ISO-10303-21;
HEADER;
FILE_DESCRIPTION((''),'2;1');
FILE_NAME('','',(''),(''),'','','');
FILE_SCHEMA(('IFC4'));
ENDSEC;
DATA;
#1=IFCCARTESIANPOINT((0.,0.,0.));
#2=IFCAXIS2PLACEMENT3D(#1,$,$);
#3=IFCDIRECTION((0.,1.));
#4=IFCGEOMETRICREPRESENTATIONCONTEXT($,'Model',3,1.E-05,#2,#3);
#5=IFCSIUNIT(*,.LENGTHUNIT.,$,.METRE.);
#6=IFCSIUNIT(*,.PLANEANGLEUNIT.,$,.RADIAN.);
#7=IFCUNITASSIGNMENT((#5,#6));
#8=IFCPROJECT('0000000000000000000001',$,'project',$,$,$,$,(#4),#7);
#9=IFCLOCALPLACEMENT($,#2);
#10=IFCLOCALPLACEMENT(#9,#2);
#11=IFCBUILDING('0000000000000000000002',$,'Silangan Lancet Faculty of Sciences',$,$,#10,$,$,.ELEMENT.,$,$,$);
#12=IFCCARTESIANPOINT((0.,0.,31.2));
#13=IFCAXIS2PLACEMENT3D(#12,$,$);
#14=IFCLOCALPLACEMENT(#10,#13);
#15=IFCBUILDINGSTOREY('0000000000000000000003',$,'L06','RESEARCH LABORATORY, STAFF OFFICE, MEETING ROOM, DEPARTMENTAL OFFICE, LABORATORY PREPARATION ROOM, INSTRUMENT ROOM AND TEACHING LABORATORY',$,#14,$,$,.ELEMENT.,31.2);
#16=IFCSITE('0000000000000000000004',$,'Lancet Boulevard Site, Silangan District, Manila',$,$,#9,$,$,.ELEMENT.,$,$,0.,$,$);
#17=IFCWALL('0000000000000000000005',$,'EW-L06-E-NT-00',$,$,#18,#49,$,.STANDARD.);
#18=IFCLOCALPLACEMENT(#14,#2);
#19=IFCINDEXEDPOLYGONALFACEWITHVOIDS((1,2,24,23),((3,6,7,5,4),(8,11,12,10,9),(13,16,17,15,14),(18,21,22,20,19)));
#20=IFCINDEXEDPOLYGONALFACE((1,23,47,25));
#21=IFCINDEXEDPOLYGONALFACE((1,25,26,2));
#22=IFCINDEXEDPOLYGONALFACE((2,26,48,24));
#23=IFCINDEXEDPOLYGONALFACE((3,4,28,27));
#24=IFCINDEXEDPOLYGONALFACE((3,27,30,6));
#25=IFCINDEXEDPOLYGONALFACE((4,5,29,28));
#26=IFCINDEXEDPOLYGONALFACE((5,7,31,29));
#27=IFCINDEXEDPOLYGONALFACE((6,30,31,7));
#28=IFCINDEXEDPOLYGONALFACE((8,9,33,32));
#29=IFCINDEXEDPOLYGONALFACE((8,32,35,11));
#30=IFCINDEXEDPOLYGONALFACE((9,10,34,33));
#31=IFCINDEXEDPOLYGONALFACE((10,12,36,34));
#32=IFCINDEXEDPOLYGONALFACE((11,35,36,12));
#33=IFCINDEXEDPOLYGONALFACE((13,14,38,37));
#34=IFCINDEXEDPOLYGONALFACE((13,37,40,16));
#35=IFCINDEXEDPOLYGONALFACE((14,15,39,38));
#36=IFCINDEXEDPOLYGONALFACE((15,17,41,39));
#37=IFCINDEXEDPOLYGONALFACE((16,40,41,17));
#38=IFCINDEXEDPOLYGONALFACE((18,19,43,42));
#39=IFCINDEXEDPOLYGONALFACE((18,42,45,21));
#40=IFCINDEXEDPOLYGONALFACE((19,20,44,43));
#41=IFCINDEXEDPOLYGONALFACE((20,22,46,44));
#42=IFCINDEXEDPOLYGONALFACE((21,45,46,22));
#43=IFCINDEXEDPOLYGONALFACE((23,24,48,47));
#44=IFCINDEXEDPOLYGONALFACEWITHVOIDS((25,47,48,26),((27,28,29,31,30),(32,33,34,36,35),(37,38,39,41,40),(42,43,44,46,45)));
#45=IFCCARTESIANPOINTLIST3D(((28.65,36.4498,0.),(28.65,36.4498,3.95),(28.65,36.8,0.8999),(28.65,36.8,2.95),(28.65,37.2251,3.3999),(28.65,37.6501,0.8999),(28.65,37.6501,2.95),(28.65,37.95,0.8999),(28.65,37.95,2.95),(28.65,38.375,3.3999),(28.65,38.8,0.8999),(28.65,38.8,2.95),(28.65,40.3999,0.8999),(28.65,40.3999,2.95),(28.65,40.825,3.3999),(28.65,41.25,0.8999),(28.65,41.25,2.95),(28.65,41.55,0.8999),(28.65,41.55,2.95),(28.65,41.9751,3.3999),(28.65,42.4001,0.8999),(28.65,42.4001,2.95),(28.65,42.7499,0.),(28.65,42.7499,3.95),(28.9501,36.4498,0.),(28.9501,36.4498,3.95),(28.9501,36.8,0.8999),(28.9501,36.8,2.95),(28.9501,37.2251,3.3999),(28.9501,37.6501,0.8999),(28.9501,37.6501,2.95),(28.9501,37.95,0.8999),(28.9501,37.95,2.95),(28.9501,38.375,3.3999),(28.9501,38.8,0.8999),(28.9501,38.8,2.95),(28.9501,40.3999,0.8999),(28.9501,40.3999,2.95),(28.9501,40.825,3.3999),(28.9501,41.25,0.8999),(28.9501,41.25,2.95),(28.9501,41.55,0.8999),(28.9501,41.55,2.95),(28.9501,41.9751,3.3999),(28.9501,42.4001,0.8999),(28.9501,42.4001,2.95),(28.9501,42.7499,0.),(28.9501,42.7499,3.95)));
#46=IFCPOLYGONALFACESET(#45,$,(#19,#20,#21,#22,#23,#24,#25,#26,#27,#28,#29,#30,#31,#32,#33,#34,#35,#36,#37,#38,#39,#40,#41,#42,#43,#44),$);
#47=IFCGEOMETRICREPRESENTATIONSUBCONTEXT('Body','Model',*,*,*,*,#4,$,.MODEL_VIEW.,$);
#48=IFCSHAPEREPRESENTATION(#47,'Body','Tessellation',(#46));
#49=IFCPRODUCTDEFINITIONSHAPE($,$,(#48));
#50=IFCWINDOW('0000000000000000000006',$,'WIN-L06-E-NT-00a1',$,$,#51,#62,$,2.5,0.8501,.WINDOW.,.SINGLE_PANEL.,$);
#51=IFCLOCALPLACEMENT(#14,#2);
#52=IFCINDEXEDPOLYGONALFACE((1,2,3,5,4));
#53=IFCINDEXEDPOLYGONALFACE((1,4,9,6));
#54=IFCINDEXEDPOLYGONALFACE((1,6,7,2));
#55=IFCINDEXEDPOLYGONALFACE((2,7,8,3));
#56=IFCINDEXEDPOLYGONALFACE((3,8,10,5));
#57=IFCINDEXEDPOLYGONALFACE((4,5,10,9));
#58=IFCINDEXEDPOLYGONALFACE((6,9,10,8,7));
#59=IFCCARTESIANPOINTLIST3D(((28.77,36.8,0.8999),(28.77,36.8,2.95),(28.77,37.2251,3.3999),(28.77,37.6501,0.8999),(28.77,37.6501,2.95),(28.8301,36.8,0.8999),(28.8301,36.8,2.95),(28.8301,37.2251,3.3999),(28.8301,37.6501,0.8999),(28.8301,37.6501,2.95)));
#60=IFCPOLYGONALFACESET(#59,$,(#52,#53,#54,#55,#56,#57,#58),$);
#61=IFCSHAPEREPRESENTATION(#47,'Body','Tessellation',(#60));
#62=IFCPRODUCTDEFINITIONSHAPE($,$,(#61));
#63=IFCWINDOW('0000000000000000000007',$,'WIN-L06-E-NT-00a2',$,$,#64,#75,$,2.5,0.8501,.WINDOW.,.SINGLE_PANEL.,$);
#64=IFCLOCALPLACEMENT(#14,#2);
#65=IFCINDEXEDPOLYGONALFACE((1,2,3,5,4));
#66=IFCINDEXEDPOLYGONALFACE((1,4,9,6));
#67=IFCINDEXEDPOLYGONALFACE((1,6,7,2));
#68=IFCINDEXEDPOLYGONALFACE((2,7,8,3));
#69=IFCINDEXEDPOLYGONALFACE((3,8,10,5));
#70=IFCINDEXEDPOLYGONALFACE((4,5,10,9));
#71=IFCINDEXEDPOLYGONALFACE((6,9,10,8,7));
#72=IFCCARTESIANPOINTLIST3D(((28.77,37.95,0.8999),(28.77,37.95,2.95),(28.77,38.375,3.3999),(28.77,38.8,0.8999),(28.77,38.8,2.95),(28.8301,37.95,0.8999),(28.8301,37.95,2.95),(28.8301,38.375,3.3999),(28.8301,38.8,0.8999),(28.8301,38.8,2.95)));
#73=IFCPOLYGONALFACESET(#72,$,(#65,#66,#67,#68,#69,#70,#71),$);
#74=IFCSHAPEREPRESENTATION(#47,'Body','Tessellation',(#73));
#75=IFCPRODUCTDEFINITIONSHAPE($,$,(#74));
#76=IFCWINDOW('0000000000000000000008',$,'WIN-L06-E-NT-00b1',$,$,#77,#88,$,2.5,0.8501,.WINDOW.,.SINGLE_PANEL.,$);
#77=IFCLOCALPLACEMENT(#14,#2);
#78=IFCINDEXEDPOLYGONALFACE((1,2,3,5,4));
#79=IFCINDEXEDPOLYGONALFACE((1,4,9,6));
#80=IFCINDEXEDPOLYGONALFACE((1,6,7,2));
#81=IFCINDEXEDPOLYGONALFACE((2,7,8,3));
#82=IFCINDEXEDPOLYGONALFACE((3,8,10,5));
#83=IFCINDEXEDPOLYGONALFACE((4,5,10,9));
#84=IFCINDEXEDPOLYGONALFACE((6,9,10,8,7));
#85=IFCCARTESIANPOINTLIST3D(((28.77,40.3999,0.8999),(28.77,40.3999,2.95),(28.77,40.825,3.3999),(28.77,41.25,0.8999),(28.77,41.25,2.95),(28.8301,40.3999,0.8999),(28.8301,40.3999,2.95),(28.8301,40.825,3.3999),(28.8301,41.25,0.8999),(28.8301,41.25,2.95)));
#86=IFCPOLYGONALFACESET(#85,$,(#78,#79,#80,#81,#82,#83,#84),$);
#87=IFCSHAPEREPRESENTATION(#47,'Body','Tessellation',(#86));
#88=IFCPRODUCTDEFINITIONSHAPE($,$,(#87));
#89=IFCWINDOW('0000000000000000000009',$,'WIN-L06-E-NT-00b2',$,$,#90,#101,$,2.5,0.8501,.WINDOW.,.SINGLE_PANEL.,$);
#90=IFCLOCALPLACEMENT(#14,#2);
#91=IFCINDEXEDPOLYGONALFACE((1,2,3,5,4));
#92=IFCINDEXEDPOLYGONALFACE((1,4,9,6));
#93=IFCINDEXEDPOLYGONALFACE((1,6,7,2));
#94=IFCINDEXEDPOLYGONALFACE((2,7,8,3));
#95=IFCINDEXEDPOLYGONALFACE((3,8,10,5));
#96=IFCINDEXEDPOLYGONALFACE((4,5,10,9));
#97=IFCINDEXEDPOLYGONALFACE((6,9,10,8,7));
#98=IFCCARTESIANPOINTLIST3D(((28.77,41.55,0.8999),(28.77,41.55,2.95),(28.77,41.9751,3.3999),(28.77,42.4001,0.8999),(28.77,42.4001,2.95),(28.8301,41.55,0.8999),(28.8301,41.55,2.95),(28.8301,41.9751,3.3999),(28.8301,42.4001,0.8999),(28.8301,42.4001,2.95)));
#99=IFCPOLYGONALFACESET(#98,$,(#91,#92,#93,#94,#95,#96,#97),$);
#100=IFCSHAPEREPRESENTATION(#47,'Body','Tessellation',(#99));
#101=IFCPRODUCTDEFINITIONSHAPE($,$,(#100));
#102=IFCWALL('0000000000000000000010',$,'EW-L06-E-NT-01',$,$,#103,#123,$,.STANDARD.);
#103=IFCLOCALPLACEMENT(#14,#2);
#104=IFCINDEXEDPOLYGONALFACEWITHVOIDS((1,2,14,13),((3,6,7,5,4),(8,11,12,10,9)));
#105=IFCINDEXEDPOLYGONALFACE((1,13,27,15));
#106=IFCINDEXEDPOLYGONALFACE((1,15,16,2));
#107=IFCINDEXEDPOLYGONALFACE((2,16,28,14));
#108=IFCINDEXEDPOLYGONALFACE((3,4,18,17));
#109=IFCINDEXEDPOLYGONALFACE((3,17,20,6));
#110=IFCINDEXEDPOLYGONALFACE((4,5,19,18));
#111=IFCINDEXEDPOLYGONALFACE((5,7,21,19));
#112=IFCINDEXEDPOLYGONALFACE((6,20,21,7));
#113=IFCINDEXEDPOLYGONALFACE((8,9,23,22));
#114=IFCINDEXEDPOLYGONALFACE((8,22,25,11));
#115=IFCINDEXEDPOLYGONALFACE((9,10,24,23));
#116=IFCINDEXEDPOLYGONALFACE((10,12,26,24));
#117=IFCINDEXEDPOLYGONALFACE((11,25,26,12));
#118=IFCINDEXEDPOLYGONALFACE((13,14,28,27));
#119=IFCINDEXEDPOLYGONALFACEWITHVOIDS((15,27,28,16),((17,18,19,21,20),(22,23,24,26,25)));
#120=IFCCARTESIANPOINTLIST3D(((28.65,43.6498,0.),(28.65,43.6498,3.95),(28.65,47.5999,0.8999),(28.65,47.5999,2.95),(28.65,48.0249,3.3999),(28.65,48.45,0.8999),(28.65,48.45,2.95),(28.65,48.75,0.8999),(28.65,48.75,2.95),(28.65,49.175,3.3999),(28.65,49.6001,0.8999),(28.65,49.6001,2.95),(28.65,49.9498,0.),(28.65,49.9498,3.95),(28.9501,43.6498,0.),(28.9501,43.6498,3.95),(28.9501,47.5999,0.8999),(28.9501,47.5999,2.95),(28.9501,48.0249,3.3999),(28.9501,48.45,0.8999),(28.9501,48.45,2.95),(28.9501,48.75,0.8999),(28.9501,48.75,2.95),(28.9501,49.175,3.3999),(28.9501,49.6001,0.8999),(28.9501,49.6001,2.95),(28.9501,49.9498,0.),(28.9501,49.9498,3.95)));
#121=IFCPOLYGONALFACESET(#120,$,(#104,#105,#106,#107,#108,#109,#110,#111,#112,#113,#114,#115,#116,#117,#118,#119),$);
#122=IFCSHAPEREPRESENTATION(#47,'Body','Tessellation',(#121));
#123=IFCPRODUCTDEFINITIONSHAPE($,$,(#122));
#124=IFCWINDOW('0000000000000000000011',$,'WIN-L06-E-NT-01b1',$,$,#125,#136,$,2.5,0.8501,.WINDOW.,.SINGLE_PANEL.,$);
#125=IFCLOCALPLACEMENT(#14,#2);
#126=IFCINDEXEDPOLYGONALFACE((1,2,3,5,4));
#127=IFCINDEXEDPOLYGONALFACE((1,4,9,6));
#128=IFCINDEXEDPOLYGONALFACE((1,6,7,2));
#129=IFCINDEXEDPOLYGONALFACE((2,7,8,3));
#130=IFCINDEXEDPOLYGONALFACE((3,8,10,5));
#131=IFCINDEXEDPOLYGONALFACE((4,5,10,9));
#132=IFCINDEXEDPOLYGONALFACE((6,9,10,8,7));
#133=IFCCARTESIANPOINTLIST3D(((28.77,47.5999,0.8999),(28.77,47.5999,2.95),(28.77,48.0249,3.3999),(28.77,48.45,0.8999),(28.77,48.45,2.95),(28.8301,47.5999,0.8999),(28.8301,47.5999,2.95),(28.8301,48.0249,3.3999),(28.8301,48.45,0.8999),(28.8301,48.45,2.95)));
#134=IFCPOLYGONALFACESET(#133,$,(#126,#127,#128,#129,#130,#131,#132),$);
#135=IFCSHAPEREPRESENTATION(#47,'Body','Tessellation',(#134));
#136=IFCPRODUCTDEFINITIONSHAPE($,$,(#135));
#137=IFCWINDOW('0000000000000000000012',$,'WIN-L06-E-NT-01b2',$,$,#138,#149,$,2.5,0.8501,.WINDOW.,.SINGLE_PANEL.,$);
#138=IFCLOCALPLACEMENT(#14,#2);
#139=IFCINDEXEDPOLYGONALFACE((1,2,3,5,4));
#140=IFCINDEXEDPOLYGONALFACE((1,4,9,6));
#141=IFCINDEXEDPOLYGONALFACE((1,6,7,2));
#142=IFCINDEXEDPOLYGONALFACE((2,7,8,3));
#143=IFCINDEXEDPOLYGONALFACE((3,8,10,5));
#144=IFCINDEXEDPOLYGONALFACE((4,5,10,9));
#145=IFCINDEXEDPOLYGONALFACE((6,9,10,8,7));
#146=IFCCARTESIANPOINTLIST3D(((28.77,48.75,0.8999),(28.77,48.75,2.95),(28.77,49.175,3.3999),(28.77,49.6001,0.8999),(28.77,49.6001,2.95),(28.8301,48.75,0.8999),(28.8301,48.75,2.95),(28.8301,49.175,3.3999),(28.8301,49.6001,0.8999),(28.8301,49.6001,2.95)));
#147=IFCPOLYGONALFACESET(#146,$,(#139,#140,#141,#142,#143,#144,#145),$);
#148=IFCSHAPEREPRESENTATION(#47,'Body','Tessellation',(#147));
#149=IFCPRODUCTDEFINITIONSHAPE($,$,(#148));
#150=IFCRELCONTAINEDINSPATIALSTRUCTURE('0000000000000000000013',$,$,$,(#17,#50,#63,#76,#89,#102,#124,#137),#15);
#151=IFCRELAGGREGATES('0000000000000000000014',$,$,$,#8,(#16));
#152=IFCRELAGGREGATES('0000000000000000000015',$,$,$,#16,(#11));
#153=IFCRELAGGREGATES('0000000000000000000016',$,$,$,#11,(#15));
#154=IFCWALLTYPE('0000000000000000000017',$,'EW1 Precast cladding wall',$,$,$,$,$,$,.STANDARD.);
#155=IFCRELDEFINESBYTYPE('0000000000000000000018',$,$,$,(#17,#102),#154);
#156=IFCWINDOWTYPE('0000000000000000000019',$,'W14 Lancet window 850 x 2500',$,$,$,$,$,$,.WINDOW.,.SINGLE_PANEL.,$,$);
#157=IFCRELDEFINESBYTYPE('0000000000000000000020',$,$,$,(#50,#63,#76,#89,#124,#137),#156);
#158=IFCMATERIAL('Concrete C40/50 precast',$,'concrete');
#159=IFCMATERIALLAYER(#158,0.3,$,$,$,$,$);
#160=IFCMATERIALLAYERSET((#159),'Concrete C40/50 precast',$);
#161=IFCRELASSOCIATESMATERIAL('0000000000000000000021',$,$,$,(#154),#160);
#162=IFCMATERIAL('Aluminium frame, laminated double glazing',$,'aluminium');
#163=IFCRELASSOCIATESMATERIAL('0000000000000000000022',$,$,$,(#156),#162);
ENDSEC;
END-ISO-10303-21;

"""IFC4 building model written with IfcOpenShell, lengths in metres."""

from ifc_helpers import new_model, si_unit, direction, frame, frame_2d, origin, place, context, subcontext, project, spatial, polyline, rectangle, outline, extrude, material, layer, layer_set, type_object, element, fill, save


model = new_model("IFC4")

# Units and contexts
model_context = context("Model", 3, precision=1e-05, world=origin(), true_north=direction((0.0, 1.0)))
body_context = subcontext(model_context, "Body", "Model", "MODEL_VIEW")
ifc_project = project(units=[si_unit("LENGTHUNIT", "METRE"), si_unit("PLANEANGLEUNIT", "RADIAN")], contexts=[model_context])

# Site, building, storey
site_placement = place(None, origin())
site = spatial("IfcSite", under=ifc_project, at=site_placement, Name="Lancet Boulevard Site, Silangan District, Manila", CompositionType="ELEMENT", RefElevation=0.0)
building_placement = place(site_placement, origin())
building = spatial("IfcBuilding", under=site, at=building_placement, Name="Silangan Lancet Faculty of Sciences", CompositionType="ELEMENT")
storey_placement = place(building_placement, frame((0.0, 0.0, 31.2)))
storey = spatial("IfcBuildingStorey", under=building, at=storey_placement, Name="L06", Description="RESEARCH LABORATORY, STAFF OFFICE, MEETING ROOM, DEPARTMENTAL OFFICE, LABORATORY PREPARATION ROOM, INSTRUMENT ROOM AND TEACHING LABORATORY", CompositionType="ELEMENT", Elevation=31.2)

# Walls, openings, windows
ifc_material_1 = material(Name="Concrete C40/50 precast", Category="concrete")
ifc_layer_1 = layer(ifc_material_1, 0.3)
ifc_layer_set_1 = layer_set([ifc_layer_1], Name="Concrete C40/50 precast")
wall_type_1 = type_object("IfcWallType", Name="EW1 Precast cladding wall", PredefinedType="STANDARD", material=ifc_layer_set_1)
wall_1_placement = place(storey_placement, frame((28.8, 36.45, 0.0), z_axis=(0.0, 0.0, 1.0), x_axis=(0.0, 1.0, 0.0)))
wall_1 = element("IfcWall", 1, at=wall_1_placement, inside=storey, type_object=wall_type_1, Name="EW-L06-E-NT-00", PredefinedType="STANDARD", context=body_context, shape_type="SweptSolid", body=[
    extrude(rectangle(XDim=6.3, YDim=0.3, at=frame_2d((3.1499, 0.0))), origin(), (0.0, 0.0, 1.0), 3.95),
])
opening_1_placement = place(wall_1_placement, frame((0.3501, 0.0, 0.8999)))
opening_1 = element("IfcOpeningElement", 2, at=opening_1_placement, cuts=wall_1, PredefinedType="OPENING", context=body_context, shape_type="SweptSolid", body=[
    extrude(outline(polyline([(0.0, 0.0), (0.8501, 0.0), (0.8501, 2.05), (0.425, 2.5), (0.0, 2.05), (0.0, 0.0)])), frame((0.0, 0.1599, 0.0), z_axis=(0.0, -1.0, 0.0), x_axis=(1.0, 0.0, 0.0)), (0.0, 0.0, 1.0), 0.3201),
])
opening_2_placement = place(wall_1_placement, frame((1.5, 0.0, 0.8999)))
opening_2 = element("IfcOpeningElement", 3, at=opening_2_placement, cuts=wall_1, PredefinedType="OPENING", context=body_context, shape_type="SweptSolid", body=[
    extrude(outline(polyline([(0.0, 0.0), (0.8501, 0.0), (0.8501, 2.05), (0.425, 2.5), (0.0, 2.05), (0.0, 0.0)])), frame((0.0, 0.1599, 0.0), z_axis=(0.0, -1.0, 0.0), x_axis=(1.0, 0.0, 0.0)), (0.0, 0.0, 1.0), 0.3201),
])
opening_3_placement = place(wall_1_placement, frame((3.95, 0.0, 0.8999)))
opening_3 = element("IfcOpeningElement", 4, at=opening_3_placement, cuts=wall_1, PredefinedType="OPENING", context=body_context, shape_type="SweptSolid", body=[
    extrude(outline(polyline([(0.0, 0.0), (0.8501, 0.0), (0.8501, 2.05), (0.425, 2.5), (0.0, 2.05), (0.0, 0.0)])), frame((0.0, 0.1599, 0.0), z_axis=(0.0, -1.0, 0.0), x_axis=(1.0, 0.0, 0.0)), (0.0, 0.0, 1.0), 0.3201),
])
opening_4_placement = place(wall_1_placement, frame((5.1001, 0.0, 0.8999)))
opening_4 = element("IfcOpeningElement", 5, at=opening_4_placement, cuts=wall_1, PredefinedType="OPENING", context=body_context, shape_type="SweptSolid", body=[
    extrude(outline(polyline([(0.0, 0.0), (0.8501, 0.0), (0.8501, 2.05), (0.425, 2.5), (0.0, 2.05), (0.0, 0.0)])), frame((0.0, 0.1599, 0.0), z_axis=(0.0, -1.0, 0.0), x_axis=(1.0, 0.0, 0.0)), (0.0, 0.0, 1.0), 0.3201),
])
ifc_material_2 = material(Name="Aluminium frame, laminated double glazing", Category="aluminium")
window_type_1 = type_object("IfcWindowType", Name="W14 Lancet window 850 x 2500", PartitioningType="SINGLE_PANEL", PredefinedType="WINDOW", material=ifc_material_2)
window_1_placement = place(opening_1_placement, origin())
window_1 = element("IfcWindow", 6, at=window_1_placement, inside=storey, type_object=window_type_1, Name="WIN-L06-E-NT-00a1", OverallHeight=2.5, OverallWidth=0.8501, PartitioningType="SINGLE_PANEL", PredefinedType="WINDOW", context=body_context, shape_type="SweptSolid", body=[
    extrude(outline(polyline([(0.0, 0.0), (0.8501, 0.0), (0.8501, 2.05), (0.425, 2.5), (0.0, 2.05), (0.0, 0.0)])), frame((0.0, 0.03, 0.0), z_axis=(0.0, -1.0, 0.0), x_axis=(1.0, 0.0, 0.0)), (0.0, 0.0, 1.0), 0.0601),
])
fill(opening_1, window_1)
window_2_placement = place(opening_2_placement, origin())
window_2 = element("IfcWindow", 7, at=window_2_placement, inside=storey, type_object=window_type_1, Name="WIN-L06-E-NT-00a2", OverallHeight=2.5, OverallWidth=0.8501, PartitioningType="SINGLE_PANEL", PredefinedType="WINDOW", context=body_context, shape_type="SweptSolid", body=[
    extrude(outline(polyline([(0.0, 0.0), (0.8501, 0.0), (0.8501, 2.05), (0.425, 2.5), (0.0, 2.05), (0.0, 0.0)])), frame((0.0, 0.03, 0.0), z_axis=(0.0, -1.0, 0.0), x_axis=(1.0, 0.0, 0.0)), (0.0, 0.0, 1.0), 0.0601),
])
fill(opening_2, window_2)
window_3_placement = place(opening_3_placement, origin())
window_3 = element("IfcWindow", 8, at=window_3_placement, inside=storey, type_object=window_type_1, Name="WIN-L06-E-NT-00b1", OverallHeight=2.5, OverallWidth=0.8501, PartitioningType="SINGLE_PANEL", PredefinedType="WINDOW", context=body_context, shape_type="SweptSolid", body=[
    extrude(outline(polyline([(0.0, 0.0), (0.8501, 0.0), (0.8501, 2.05), (0.425, 2.5), (0.0, 2.05), (0.0, 0.0)])), frame((0.0, 0.03, 0.0), z_axis=(0.0, -1.0, 0.0), x_axis=(1.0, 0.0, 0.0)), (0.0, 0.0, 1.0), 0.0601),
])
fill(opening_3, window_3)
window_4_placement = place(opening_4_placement, origin())
window_4 = element("IfcWindow", 9, at=window_4_placement, inside=storey, type_object=window_type_1, Name="WIN-L06-E-NT-00b2", OverallHeight=2.5, OverallWidth=0.8501, PartitioningType="SINGLE_PANEL", PredefinedType="WINDOW", context=body_context, shape_type="SweptSolid", body=[
    extrude(outline(polyline([(0.0, 0.0), (0.8501, 0.0), (0.8501, 2.05), (0.425, 2.5), (0.0, 2.05), (0.0, 0.0)])), frame((0.0, 0.03, 0.0), z_axis=(0.0, -1.0, 0.0), x_axis=(1.0, 0.0, 0.0)), (0.0, 0.0, 1.0), 0.0601),
])
fill(opening_4, window_4)
wall_2_placement = place(storey_placement, frame((28.8, 43.6499, 0.0), z_axis=(0.0, 0.0, 1.0), x_axis=(0.0, 1.0, 0.0)))
wall_2 = element("IfcWall", 10, at=wall_2_placement, inside=storey, type_object=wall_type_1, Name="EW-L06-E-NT-01", PredefinedType="STANDARD", context=body_context, shape_type="SweptSolid", body=[
    extrude(rectangle(XDim=6.3, YDim=0.3, at=frame_2d((3.1499, 0.0))), origin(), (0.0, 0.0, 1.0), 3.95),
])
opening_5_placement = place(wall_2_placement, frame((3.95, 0.0, 0.8999)))
opening_5 = element("IfcOpeningElement", 11, at=opening_5_placement, cuts=wall_2, PredefinedType="OPENING", context=body_context, shape_type="SweptSolid", body=[
    extrude(outline(polyline([(0.0, 0.0), (0.8501, 0.0), (0.8501, 2.05), (0.425, 2.5), (0.0, 2.05), (0.0, 0.0)])), frame((0.0, 0.1599, 0.0), z_axis=(0.0, -1.0, 0.0), x_axis=(1.0, 0.0, 0.0)), (0.0, 0.0, 1.0), 0.3201),
])
opening_6_placement = place(wall_2_placement, frame((5.1001, 0.0, 0.8999)))
opening_6 = element("IfcOpeningElement", 12, at=opening_6_placement, cuts=wall_2, PredefinedType="OPENING", context=body_context, shape_type="SweptSolid", body=[
    extrude(outline(polyline([(0.0, 0.0), (0.8501, 0.0), (0.8501, 2.05), (0.425, 2.5), (0.0, 2.05), (0.0, 0.0)])), frame((0.0, 0.1599, 0.0), z_axis=(0.0, -1.0, 0.0), x_axis=(1.0, 0.0, 0.0)), (0.0, 0.0, 1.0), 0.3201),
])
window_5_placement = place(opening_5_placement, origin())
window_5 = element("IfcWindow", 13, at=window_5_placement, inside=storey, type_object=window_type_1, Name="WIN-L06-E-NT-01b1", OverallHeight=2.5, OverallWidth=0.8501, PartitioningType="SINGLE_PANEL", PredefinedType="WINDOW", context=body_context, shape_type="SweptSolid", body=[
    extrude(outline(polyline([(0.0, 0.0), (0.8501, 0.0), (0.8501, 2.05), (0.425, 2.5), (0.0, 2.05), (0.0, 0.0)])), frame((0.0, 0.03, 0.0), z_axis=(0.0, -1.0, 0.0), x_axis=(1.0, 0.0, 0.0)), (0.0, 0.0, 1.0), 0.0601),
])
fill(opening_5, window_5)
window_6_placement = place(opening_6_placement, origin())
window_6 = element("IfcWindow", 14, at=window_6_placement, inside=storey, type_object=window_type_1, Name="WIN-L06-E-NT-01b2", OverallHeight=2.5, OverallWidth=0.8501, PartitioningType="SINGLE_PANEL", PredefinedType="WINDOW", context=body_context, shape_type="SweptSolid", body=[
    extrude(outline(polyline([(0.0, 0.0), (0.8501, 0.0), (0.8501, 2.05), (0.425, 2.5), (0.0, 2.05), (0.0, 0.0)])), frame((0.0, 0.03, 0.0), z_axis=(0.0, -1.0, 0.0), x_axis=(1.0, 0.0, 0.0)), (0.0, 0.0, 1.0), 0.0601),
])
fill(opening_6, window_6)

save(model, "model.ifc")
